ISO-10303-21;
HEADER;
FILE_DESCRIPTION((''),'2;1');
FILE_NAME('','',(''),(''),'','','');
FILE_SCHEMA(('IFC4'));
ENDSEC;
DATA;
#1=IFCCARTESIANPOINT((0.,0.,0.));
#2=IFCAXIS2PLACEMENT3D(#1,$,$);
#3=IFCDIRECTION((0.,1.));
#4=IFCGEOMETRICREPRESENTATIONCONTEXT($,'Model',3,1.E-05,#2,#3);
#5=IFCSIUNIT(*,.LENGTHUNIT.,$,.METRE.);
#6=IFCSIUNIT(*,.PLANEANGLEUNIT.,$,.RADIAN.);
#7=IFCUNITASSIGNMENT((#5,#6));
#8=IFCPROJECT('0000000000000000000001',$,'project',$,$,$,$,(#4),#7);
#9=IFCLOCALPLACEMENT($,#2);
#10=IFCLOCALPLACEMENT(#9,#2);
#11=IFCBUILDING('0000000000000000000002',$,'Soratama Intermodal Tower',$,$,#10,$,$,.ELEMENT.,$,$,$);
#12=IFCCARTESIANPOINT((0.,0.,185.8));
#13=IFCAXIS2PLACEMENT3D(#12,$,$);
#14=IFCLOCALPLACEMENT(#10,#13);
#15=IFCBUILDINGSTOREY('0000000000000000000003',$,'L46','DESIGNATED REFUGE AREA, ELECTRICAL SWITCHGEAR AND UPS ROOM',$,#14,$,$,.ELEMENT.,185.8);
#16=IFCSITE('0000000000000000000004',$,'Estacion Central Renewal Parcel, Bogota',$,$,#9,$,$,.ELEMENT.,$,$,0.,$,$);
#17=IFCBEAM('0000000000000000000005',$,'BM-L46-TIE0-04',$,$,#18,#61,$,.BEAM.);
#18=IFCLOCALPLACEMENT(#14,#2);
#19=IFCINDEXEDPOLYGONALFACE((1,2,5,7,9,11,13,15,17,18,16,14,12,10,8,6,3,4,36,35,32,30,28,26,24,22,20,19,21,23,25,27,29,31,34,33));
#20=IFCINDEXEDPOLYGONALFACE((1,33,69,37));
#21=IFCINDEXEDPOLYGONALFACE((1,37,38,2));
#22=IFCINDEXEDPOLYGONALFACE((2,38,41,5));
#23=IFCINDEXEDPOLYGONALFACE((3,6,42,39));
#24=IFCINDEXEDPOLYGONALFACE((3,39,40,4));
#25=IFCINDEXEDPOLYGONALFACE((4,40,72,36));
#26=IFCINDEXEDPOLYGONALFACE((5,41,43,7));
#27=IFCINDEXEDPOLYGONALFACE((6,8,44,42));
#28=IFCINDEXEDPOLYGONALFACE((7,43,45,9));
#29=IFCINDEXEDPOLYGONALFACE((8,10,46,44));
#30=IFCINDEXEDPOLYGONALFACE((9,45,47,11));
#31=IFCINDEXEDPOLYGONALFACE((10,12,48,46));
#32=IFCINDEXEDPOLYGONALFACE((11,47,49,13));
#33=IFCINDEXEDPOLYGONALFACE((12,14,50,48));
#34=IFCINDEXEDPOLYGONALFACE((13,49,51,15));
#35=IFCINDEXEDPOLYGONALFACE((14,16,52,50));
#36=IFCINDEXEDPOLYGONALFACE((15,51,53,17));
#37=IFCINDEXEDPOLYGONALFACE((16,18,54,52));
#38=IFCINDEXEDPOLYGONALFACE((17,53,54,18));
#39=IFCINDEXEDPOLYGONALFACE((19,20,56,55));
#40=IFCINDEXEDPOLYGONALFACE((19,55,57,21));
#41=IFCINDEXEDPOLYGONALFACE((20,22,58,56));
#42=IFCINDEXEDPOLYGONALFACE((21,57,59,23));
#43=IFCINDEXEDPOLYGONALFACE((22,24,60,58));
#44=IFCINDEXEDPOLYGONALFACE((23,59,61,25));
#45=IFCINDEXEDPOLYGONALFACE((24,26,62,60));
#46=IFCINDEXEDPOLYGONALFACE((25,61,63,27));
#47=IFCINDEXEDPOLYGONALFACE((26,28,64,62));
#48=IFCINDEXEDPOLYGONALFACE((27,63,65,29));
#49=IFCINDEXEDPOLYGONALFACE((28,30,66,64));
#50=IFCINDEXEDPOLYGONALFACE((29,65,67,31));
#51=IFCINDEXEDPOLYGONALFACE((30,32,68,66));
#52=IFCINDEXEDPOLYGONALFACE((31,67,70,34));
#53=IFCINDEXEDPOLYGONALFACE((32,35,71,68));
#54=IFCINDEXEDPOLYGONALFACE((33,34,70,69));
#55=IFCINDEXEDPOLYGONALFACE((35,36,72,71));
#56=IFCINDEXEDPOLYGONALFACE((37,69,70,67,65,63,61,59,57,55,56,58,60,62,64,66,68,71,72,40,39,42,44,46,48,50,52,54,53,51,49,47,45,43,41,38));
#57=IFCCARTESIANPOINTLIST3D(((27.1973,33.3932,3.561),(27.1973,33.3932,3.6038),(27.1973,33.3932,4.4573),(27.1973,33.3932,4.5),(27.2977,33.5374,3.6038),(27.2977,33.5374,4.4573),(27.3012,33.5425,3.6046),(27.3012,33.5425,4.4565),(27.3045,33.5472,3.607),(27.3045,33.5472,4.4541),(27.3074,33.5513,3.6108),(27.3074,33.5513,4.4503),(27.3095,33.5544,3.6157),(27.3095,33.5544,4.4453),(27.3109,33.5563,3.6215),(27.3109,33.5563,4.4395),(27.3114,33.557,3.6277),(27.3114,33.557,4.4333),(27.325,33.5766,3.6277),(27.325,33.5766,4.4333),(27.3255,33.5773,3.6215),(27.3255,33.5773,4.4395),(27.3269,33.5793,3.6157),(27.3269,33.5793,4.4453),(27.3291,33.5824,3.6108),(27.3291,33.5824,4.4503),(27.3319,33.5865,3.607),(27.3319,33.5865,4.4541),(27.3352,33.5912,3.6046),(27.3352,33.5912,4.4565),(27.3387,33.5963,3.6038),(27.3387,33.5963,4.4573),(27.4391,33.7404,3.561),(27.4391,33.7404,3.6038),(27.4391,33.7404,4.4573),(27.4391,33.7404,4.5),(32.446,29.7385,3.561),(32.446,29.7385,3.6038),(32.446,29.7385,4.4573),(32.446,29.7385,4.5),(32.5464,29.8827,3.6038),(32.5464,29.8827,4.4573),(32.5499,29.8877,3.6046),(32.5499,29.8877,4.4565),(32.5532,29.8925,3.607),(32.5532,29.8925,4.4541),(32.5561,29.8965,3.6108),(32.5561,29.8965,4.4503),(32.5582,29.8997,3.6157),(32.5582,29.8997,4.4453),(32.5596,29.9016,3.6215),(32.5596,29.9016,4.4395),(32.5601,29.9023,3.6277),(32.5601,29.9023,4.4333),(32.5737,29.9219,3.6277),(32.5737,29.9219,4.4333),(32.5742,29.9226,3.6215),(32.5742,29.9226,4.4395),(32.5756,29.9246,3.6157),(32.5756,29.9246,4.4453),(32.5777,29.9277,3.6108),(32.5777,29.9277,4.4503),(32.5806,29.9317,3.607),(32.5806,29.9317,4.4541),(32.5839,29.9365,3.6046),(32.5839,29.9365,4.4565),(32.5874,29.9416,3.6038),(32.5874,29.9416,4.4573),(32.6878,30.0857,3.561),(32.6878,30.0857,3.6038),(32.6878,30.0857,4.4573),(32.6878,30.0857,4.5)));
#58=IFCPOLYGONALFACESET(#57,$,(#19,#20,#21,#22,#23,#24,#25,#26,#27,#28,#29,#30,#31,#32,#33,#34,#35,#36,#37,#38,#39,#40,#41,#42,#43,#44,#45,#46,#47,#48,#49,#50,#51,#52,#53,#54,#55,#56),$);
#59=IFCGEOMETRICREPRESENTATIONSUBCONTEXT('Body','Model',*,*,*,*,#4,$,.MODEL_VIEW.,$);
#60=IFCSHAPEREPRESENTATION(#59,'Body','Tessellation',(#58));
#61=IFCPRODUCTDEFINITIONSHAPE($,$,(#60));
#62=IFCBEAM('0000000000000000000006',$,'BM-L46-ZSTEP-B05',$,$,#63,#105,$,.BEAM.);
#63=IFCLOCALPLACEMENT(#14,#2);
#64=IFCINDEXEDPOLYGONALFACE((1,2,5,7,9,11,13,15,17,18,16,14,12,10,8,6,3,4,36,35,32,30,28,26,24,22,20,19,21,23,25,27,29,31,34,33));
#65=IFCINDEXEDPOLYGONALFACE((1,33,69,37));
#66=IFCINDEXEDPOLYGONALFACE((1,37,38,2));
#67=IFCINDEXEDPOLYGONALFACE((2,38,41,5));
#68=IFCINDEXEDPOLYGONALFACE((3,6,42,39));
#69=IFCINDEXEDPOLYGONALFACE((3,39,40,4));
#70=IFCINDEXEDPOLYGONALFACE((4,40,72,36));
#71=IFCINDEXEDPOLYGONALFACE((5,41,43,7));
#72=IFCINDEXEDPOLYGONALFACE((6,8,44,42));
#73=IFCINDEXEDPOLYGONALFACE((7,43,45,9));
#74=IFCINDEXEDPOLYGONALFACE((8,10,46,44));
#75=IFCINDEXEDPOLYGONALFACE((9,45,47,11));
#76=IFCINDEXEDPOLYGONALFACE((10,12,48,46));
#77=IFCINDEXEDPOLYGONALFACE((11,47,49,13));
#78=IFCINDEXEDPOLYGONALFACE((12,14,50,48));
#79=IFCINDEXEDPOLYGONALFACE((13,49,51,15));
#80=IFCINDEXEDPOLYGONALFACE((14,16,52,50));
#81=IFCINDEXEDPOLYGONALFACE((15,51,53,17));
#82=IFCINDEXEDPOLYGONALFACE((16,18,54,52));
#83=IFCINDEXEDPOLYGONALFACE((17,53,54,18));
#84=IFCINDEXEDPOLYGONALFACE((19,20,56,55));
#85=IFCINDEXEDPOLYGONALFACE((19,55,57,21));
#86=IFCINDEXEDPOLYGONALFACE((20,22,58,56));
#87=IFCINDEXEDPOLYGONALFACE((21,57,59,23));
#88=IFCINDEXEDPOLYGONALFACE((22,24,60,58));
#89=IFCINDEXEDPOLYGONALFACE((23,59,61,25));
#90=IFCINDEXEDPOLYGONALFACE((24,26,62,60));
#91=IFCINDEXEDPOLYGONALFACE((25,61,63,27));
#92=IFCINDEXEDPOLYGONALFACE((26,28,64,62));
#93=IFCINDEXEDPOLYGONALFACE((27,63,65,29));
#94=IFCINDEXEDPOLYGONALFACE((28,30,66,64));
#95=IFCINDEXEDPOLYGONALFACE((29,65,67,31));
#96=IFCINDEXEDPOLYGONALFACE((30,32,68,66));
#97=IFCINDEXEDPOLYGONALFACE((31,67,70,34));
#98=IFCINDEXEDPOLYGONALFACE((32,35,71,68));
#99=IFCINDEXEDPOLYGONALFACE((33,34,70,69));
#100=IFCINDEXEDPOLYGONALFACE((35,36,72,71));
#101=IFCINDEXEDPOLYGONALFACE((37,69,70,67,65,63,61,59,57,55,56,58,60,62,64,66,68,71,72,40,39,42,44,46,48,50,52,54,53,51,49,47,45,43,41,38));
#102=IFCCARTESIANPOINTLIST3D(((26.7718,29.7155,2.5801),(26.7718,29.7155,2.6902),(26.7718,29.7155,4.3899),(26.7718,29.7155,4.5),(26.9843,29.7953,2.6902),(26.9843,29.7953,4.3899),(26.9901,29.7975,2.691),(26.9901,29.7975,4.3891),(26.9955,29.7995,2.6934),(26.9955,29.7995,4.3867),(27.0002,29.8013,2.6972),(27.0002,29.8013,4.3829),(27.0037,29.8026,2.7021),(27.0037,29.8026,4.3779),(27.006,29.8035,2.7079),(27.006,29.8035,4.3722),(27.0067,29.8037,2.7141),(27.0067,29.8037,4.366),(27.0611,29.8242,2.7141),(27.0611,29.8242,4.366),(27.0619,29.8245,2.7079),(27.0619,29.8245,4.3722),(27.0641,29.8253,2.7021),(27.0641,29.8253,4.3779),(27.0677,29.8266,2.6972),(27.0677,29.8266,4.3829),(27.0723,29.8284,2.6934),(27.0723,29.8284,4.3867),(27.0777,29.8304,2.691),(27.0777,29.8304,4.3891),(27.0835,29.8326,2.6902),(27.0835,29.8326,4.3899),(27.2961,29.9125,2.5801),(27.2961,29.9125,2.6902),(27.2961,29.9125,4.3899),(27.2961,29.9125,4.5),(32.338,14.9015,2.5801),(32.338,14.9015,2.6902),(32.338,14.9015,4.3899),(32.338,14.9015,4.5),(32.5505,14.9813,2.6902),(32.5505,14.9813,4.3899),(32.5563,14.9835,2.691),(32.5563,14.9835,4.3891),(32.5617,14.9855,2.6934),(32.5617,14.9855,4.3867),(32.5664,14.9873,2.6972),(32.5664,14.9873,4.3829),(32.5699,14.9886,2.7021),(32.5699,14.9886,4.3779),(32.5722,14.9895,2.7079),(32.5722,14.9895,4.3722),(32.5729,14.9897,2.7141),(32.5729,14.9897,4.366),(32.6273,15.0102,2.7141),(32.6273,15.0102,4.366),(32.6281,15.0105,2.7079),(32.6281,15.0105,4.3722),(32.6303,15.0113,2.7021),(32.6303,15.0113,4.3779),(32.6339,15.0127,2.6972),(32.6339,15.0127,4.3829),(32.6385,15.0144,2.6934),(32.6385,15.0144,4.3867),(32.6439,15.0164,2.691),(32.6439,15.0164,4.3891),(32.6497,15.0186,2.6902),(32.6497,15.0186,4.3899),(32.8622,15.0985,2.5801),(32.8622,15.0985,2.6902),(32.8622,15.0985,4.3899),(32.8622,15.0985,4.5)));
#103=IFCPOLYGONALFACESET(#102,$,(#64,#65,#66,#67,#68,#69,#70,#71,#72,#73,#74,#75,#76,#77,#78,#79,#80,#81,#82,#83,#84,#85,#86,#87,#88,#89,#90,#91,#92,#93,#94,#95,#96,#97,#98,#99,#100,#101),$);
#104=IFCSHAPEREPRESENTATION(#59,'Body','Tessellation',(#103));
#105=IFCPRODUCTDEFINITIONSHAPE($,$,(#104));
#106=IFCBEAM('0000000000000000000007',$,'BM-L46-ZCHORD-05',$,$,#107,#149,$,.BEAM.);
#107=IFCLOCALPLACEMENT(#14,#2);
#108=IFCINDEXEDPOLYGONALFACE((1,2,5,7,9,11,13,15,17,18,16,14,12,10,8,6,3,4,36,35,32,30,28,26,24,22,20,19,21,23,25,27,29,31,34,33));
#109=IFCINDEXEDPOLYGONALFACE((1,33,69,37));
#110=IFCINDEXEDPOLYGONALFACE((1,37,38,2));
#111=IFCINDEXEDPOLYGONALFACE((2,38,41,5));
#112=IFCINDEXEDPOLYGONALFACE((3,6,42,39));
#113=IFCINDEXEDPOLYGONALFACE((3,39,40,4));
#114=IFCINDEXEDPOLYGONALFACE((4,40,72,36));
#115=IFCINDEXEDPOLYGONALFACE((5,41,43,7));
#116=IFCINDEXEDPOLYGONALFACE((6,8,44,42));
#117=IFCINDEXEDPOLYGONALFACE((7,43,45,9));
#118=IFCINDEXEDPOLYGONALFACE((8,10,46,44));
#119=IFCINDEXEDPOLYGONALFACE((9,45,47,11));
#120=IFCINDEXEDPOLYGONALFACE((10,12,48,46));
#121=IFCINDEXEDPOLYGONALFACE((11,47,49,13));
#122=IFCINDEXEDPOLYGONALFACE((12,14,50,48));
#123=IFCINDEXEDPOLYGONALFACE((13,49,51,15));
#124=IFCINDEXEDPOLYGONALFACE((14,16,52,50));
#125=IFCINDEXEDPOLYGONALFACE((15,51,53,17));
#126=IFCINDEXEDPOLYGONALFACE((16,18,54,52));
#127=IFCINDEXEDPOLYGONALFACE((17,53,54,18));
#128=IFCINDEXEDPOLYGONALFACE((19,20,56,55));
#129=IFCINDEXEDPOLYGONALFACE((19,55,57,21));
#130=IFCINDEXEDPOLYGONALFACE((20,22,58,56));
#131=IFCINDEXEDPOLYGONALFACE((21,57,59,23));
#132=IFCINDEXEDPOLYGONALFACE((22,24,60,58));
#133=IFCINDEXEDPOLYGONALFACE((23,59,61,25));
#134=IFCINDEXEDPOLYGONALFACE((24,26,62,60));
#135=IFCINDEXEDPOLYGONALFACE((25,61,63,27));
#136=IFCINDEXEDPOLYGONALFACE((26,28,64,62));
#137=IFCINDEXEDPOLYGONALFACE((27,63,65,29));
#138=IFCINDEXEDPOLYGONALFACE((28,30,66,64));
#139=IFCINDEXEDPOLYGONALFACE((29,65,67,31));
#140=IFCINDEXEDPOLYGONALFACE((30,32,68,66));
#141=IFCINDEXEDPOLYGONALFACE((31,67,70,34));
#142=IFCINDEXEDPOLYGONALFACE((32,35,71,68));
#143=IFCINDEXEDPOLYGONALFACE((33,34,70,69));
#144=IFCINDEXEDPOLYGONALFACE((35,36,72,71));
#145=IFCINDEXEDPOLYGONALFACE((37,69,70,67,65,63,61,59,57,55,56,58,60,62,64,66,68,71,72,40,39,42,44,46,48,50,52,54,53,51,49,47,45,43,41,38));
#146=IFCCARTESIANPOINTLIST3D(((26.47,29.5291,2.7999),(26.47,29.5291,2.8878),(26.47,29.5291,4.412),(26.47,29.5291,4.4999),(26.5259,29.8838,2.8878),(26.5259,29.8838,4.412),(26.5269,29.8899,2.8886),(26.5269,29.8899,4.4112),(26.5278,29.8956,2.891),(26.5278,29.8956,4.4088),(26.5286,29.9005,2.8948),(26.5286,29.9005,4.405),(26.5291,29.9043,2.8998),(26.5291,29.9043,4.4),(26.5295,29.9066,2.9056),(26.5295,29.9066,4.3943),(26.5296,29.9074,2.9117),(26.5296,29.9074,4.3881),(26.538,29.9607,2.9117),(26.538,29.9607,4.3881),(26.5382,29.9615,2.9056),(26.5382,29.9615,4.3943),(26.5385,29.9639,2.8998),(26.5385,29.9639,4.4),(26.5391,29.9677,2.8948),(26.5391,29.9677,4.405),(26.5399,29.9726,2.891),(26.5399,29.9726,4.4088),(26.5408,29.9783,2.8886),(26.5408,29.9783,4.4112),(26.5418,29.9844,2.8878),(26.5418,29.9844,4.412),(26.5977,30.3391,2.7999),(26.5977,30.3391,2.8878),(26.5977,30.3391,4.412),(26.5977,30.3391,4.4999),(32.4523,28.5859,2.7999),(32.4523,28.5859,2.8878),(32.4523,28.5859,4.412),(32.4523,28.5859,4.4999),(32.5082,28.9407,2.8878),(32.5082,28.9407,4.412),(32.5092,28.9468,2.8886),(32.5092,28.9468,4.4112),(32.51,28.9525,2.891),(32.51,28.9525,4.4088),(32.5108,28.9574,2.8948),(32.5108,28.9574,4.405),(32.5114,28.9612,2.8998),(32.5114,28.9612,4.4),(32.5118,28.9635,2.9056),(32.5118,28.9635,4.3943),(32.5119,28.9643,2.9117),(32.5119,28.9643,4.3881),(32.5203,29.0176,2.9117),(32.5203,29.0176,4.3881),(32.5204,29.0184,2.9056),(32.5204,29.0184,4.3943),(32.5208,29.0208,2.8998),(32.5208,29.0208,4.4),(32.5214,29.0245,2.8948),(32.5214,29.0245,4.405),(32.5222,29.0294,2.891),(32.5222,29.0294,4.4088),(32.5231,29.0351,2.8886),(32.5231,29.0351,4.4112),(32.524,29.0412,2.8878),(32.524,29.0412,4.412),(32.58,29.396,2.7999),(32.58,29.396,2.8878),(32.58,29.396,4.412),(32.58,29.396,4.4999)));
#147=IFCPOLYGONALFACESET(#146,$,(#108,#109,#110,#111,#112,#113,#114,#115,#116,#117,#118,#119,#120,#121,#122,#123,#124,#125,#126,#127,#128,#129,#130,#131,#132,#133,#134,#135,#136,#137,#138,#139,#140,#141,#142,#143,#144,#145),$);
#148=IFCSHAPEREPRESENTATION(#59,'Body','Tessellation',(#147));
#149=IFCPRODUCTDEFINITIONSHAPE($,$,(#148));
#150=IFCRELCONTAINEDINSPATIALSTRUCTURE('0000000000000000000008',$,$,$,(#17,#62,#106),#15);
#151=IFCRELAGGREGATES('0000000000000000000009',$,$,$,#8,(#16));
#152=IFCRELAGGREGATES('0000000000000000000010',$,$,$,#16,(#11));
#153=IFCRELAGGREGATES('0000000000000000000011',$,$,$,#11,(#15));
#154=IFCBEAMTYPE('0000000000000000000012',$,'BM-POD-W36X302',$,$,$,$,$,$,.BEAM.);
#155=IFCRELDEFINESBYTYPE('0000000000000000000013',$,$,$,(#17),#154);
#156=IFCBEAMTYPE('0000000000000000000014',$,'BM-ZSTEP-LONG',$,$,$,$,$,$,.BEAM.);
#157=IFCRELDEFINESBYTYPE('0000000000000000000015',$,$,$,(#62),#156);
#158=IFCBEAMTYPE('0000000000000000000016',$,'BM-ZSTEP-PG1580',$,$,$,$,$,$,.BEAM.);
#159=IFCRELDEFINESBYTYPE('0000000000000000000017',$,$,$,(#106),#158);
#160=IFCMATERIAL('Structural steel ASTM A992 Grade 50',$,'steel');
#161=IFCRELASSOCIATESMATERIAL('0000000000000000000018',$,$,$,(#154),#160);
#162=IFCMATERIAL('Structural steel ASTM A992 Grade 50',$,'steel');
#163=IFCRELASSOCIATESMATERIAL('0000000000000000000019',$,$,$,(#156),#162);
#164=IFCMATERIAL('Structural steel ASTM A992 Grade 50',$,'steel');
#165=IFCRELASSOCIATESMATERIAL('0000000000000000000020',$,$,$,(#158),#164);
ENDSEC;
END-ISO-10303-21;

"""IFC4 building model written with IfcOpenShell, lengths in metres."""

from ifc_helpers import new_model, si_unit, direction, frame, origin, origin_2d, place, context, subcontext, project, spatial, i_section, extrude, material, material_profile, profile_set, type_object, element, save


model = new_model("IFC4")

# Units and contexts
model_context = context("Model", 3, precision=1e-05, world=origin(), true_north=direction((0.0, 1.0)))
body_context = subcontext(model_context, "Body", "Model", "MODEL_VIEW")
ifc_project = project(units=[si_unit("LENGTHUNIT", "METRE"), si_unit("PLANEANGLEUNIT", "RADIAN")], contexts=[model_context])

# Site, building, storey
site_placement = place(None, origin())
site = spatial("IfcSite", under=ifc_project, at=site_placement, Name="Estacion Central Renewal Parcel, Bogota", CompositionType="ELEMENT", RefElevation=0.0)
building_placement = place(site_placement, origin())
building = spatial("IfcBuilding", under=site, at=building_placement, Name="Soratama Intermodal Tower", CompositionType="ELEMENT")
storey_placement = place(building_placement, frame((0.0, 0.0, 185.8)))
storey = spatial("IfcBuildingStorey", under=building, at=storey_placement, Name="L46", Description="DESIGNATED REFUGE AREA, ELECTRICAL SWITCHGEAR AND UPS ROOM", CompositionType="ELEMENT", Elevation=185.8)

# Beams
ifc_material_1 = material(Name="Structural steel ASTM A992 Grade 50", Category="steel")
ifc_material_profile_1 = material_profile(ifc_material_1, i_section(OverallWidth=0.4231, OverallDepth=0.939, WebThickness=0.0239, FlangeThickness=0.0427, FilletRadius=0.0239, at=origin_2d()), Name="W36X302")
ifc_profile_set_1 = profile_set([ifc_material_profile_1], Name="Structural steel ASTM A992 Grade 50")
beam_type_1 = type_object("IfcBeamType", Name="BM-POD-W36X302", PredefinedType="BEAM", material=ifc_profile_set_1)
beam_1_placement = place(storey_placement, frame((32.5669, 29.9121, 4.0305), z_axis=(-0.820651, 0.571429, 0.0), x_axis=(-0.571429, -0.820651, 0.0)))
element("IfcBeam", 1, at=beam_1_placement, inside=storey, type_object=beam_type_1, Name="BM-L46-TIE0-04", PredefinedType="BEAM", context=body_context, shape_type="SweptSolid", body=[
    extrude(i_section(OverallWidth=0.4231, OverallDepth=0.939, WebThickness=0.0239, FlangeThickness=0.0427, FilletRadius=0.0239, at=origin_2d()), origin(), (0.0, 0.0, 1.0), 6.3958),
])
ifc_material_2 = material(Name="Structural steel ASTM A992 Grade 50", Category="steel")
ifc_material_profile_2 = material_profile(ifc_material_2, i_section(OverallWidth=0.5601, OverallDepth=1.9199, WebThickness=0.0581, FlangeThickness=0.1101, FilletRadius=0.0239, at=origin_2d()), Name="PG2150X720")
ifc_profile_set_2 = profile_set([ifc_material_profile_2], Name="Structural steel ASTM A992 Grade 50")
beam_type_2 = type_object("IfcBeamType", Name="BM-ZSTEP-LONG", PredefinedType="BEAM", material=ifc_profile_set_2)
beam_2_placement = place(storey_placement, frame((27.0339, 29.814, 3.54), z_axis=(0.351729, -0.936102, 0.0), x_axis=(0.936102, 0.351729, 0.0)))
element("IfcBeam", 2, at=beam_2_placement, inside=storey, type_object=beam_type_2, Name="BM-L46-ZSTEP-B05", PredefinedType="BEAM", context=body_context, shape_type="SweptSolid", body=[
    extrude(i_section(OverallWidth=0.5601, OverallDepth=1.9199, WebThickness=0.0581, FlangeThickness=0.1101, FilletRadius=0.0239, at=origin_2d()), origin(), (0.0, 0.0, 1.0), 15.8252),
])
ifc_material_3 = material(Name="Structural steel ASTM A992 Grade 50", Category="steel")
ifc_material_profile_3 = material_profile(ifc_material_3, i_section(OverallWidth=0.8201, OverallDepth=1.7, WebThickness=0.054, FlangeThickness=0.0879, FilletRadius=0.0239, at=origin_2d()), Name="PG1580X800")
ifc_profile_set_3 = profile_set([ifc_material_profile_3], Name="Structural steel ASTM A992 Grade 50")
beam_type_3 = type_object("IfcBeamType", Name="BM-ZSTEP-PG1580", PredefinedType="BEAM", material=ifc_profile_set_3)
beam_3_placement = place(storey_placement, frame((32.5161, 28.991, 3.6499), z_axis=(-0.9878, 0.155731, 0.0), x_axis=(-0.155731, -0.9878, 0.0)))
element("IfcBeam", 3, at=beam_3_placement, inside=storey, type_object=beam_type_3, Name="BM-L46-ZCHORD-05", PredefinedType="BEAM", context=body_context, shape_type="SweptSolid", body=[
    extrude(i_section(OverallWidth=0.8201, OverallDepth=1.7, WebThickness=0.054, FlangeThickness=0.0879, FilletRadius=0.0239, at=origin_2d()), origin(), (0.0, 0.0, 1.0), 6.0562),
])

save(model, "model.ifc")
